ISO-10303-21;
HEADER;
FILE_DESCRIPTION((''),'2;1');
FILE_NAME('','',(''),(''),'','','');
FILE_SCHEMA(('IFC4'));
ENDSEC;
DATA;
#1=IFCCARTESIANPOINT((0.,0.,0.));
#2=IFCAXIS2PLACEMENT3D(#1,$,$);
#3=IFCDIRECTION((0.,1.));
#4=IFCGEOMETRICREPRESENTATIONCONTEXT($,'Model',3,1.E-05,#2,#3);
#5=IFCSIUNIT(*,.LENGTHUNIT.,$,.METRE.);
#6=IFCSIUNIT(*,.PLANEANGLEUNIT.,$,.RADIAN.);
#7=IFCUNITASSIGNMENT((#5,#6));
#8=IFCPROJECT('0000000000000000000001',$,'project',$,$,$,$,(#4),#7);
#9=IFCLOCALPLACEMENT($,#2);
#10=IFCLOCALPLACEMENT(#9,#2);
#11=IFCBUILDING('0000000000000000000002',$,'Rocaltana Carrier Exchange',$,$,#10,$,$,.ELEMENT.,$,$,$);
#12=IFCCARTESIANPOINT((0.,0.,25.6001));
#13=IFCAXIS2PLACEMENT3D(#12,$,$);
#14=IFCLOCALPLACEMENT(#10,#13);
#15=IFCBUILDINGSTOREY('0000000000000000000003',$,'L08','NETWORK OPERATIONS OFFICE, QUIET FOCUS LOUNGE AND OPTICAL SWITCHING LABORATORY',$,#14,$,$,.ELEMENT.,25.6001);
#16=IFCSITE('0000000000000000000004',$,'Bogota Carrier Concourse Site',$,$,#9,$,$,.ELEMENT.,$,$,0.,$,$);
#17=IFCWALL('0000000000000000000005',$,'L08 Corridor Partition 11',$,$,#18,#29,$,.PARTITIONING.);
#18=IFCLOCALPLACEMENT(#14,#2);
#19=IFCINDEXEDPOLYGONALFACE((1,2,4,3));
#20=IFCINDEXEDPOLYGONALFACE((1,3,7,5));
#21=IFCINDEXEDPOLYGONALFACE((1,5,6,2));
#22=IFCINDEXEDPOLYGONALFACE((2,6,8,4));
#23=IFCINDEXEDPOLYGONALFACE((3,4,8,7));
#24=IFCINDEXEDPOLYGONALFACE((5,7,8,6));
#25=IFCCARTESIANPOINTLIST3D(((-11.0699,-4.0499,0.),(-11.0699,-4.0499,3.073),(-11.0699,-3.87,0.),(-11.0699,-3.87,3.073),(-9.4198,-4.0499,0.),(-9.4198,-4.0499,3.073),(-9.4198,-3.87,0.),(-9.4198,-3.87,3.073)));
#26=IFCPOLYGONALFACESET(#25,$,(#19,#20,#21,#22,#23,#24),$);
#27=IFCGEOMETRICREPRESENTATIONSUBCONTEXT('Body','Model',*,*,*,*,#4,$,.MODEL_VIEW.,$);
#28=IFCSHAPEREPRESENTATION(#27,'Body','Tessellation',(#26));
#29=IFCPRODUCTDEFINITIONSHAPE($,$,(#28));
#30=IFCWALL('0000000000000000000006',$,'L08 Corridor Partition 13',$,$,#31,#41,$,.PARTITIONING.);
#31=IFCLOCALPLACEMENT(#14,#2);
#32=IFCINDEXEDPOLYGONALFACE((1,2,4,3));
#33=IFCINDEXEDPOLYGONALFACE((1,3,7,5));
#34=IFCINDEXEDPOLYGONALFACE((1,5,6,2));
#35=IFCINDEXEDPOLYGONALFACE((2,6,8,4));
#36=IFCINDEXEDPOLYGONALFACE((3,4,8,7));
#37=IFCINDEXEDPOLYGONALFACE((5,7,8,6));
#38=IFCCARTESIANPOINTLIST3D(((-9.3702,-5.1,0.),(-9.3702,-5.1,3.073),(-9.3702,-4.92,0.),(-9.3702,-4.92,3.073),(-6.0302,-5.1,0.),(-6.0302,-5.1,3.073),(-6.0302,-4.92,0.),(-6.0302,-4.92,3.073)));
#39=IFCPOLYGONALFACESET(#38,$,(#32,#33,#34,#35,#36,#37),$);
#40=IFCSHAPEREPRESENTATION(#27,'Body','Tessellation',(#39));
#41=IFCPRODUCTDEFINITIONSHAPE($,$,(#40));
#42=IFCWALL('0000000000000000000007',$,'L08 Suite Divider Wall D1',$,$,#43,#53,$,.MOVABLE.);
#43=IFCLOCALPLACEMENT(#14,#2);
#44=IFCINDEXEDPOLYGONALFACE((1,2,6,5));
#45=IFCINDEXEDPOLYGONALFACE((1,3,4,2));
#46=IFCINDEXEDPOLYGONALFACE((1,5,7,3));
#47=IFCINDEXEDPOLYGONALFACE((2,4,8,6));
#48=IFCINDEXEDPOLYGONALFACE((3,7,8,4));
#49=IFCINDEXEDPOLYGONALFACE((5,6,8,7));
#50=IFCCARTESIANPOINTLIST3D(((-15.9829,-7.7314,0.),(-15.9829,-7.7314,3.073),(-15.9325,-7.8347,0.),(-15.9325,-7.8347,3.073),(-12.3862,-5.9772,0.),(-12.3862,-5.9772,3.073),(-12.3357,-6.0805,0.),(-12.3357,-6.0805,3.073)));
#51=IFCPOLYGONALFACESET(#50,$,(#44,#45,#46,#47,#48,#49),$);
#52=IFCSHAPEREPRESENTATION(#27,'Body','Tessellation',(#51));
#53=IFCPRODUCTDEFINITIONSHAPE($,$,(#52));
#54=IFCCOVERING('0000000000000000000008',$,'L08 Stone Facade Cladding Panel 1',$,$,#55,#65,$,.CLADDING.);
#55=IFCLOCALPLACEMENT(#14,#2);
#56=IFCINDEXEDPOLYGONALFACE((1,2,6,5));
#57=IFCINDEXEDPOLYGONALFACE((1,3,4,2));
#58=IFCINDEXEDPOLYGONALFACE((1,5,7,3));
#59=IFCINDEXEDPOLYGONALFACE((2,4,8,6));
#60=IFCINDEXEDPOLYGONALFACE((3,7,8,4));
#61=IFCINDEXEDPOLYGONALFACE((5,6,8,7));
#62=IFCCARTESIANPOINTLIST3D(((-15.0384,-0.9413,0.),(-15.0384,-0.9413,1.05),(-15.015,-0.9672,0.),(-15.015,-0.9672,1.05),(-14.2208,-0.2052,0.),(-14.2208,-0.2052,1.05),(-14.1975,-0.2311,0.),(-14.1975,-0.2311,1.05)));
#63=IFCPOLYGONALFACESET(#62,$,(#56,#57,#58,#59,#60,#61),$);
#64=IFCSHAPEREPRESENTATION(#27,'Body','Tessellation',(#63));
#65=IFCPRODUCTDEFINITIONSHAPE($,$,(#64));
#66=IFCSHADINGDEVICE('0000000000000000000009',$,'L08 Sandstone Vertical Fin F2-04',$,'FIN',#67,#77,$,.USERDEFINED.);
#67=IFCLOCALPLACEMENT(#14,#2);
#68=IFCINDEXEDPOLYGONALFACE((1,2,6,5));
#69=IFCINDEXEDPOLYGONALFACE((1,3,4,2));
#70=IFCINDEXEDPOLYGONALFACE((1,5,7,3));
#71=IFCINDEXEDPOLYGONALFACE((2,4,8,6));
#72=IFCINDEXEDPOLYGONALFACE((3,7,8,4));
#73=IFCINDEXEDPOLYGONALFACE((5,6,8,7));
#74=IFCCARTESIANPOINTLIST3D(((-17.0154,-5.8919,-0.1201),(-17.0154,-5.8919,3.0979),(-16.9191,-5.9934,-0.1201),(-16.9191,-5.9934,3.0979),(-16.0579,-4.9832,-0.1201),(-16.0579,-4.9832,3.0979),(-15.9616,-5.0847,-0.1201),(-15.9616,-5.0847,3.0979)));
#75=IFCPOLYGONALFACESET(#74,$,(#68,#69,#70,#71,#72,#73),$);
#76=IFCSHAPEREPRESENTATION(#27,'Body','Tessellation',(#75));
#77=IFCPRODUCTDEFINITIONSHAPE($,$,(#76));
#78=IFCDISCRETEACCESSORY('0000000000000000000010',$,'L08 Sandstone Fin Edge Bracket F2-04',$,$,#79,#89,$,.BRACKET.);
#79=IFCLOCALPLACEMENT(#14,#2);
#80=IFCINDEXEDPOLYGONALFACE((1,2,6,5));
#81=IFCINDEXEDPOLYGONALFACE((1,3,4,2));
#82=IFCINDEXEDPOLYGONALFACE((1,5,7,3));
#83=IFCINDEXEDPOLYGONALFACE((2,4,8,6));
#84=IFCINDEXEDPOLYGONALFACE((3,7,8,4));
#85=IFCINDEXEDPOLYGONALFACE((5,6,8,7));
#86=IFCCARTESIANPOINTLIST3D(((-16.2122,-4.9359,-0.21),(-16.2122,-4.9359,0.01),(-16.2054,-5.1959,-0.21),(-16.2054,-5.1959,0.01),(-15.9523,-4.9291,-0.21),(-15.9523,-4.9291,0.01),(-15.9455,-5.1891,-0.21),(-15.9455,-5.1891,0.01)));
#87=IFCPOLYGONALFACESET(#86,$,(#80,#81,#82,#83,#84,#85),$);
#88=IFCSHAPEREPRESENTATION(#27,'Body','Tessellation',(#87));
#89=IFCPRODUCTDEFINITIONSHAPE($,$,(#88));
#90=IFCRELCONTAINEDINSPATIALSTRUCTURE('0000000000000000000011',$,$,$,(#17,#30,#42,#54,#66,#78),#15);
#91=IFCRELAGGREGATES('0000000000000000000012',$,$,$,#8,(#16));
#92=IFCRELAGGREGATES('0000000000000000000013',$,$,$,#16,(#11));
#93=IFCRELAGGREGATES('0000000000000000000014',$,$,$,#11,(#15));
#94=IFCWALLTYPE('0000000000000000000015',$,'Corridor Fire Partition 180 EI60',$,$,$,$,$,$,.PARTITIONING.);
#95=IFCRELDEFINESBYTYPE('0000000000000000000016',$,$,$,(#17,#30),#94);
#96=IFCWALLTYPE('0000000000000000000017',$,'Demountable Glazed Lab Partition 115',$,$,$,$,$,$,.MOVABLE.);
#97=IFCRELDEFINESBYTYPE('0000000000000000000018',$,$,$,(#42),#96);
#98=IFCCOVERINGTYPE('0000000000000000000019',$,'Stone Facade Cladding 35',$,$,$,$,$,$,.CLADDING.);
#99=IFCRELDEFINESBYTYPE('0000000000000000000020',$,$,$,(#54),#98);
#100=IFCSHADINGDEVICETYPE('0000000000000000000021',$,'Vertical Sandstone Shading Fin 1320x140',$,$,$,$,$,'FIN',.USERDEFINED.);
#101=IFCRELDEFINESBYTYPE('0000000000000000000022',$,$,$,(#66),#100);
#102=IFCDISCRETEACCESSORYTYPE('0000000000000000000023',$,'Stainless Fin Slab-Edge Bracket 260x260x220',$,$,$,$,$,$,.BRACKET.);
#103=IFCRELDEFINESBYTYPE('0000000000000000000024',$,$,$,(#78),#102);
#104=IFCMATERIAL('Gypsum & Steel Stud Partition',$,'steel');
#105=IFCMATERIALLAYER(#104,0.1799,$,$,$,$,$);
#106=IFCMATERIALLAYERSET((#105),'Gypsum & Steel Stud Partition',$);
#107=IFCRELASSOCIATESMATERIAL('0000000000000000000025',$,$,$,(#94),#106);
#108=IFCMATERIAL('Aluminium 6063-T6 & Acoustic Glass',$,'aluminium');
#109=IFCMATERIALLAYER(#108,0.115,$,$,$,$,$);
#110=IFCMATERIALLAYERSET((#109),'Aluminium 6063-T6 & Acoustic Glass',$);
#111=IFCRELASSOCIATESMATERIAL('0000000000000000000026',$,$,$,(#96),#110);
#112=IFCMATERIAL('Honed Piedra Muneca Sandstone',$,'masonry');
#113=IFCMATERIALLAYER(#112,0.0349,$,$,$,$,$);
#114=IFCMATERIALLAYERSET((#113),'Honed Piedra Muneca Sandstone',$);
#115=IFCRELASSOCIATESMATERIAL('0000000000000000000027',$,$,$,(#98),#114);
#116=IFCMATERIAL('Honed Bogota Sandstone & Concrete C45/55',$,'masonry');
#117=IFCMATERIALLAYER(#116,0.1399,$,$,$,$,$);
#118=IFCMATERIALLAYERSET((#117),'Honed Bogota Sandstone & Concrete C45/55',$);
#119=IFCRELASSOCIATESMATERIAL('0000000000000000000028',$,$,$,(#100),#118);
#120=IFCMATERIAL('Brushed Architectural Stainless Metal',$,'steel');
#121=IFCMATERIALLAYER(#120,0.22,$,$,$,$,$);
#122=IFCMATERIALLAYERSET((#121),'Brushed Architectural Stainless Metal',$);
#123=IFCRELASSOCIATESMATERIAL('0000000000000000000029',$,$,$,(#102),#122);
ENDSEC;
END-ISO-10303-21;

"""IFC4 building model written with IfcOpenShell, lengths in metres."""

from ifc_helpers import new_model, si_unit, direction, frame, frame_2d, origin, origin_2d, place, context, subcontext, project, spatial, rectangle, extrude, material, layer, layer_set, type_object, element, save


model = new_model("IFC4")

# Units and contexts
model_context = context("Model", 3, precision=1e-05, world=origin(), true_north=direction((0.0, 1.0)))
body_context = subcontext(model_context, "Body", "Model", "MODEL_VIEW")
ifc_project = project(units=[si_unit("LENGTHUNIT", "METRE"), si_unit("PLANEANGLEUNIT", "RADIAN")], contexts=[model_context])

# Site, building, storey
site_placement = place(None, origin())
site = spatial("IfcSite", under=ifc_project, at=site_placement, Name="Bogota Carrier Concourse Site", CompositionType="ELEMENT", RefElevation=0.0)
building_placement = place(site_placement, origin())
building = spatial("IfcBuilding", under=site, at=building_placement, Name="Rocaltana Carrier Exchange", CompositionType="ELEMENT")
storey_placement = place(building_placement, frame((0.0, 0.0, 25.6001)))
storey = spatial("IfcBuildingStorey", under=building, at=storey_placement, Name="L08", Description="NETWORK OPERATIONS OFFICE, QUIET FOCUS LOUNGE AND OPTICAL SWITCHING LABORATORY", CompositionType="ELEMENT", Elevation=25.6001)

# Shared definitions
ifc_material_1 = material(Name="Gypsum & Steel Stud Partition", Category="steel")
ifc_layer_1 = layer(ifc_material_1, 0.1799)
ifc_layer_set_1 = layer_set([ifc_layer_1], Name="Gypsum & Steel Stud Partition")
wall_type_1 = type_object("IfcWallType", Name="Corridor Fire Partition 180 EI60", PredefinedType="PARTITIONING", material=ifc_layer_set_1)

# Walls
wall_1_placement = place(storey_placement, frame((-11.0701, -3.96, 0.0), z_axis=(0.0, 0.0, 1.0), x_axis=(1.0, 0.0, 0.0)))
element("IfcWall", 1, at=wall_1_placement, inside=storey, type_object=wall_type_1, Name="L08 Corridor Partition 11", PredefinedType="PARTITIONING", context=body_context, shape_type="SweptSolid", body=[
    extrude(rectangle(XDim=1.6501, YDim=0.1799, at=frame_2d((0.8252, 0.0))), origin(), (0.0, 0.0, 1.0), 3.073),
])
wall_2_placement = place(storey_placement, frame((-9.3701, -5.01, 0.0), z_axis=(0.0, 0.0, 1.0), x_axis=(1.0, 0.0, 0.0)))
element("IfcWall", 2, at=wall_2_placement, inside=storey, type_object=wall_type_1, Name="L08 Corridor Partition 13", PredefinedType="PARTITIONING", context=body_context, shape_type="SweptSolid", body=[
    extrude(rectangle(XDim=3.3401, YDim=0.1799, at=frame_2d((1.6699, 0.0))), origin(), (0.0, 0.0, 1.0), 3.073),
])
ifc_material_2 = material(Name="Aluminium 6063-T6 & Acoustic Glass", Category="aluminium")
ifc_layer_2 = layer(ifc_material_2, 0.115)
ifc_layer_set_2 = layer_set([ifc_layer_2], Name="Aluminium 6063-T6 & Acoustic Glass")
wall_type_2 = type_object("IfcWallType", Name="Demountable Glazed Lab Partition 115", PredefinedType="MOVABLE", material=ifc_layer_set_2)
wall_3_placement = place(storey_placement, frame((-12.3608, -6.0288, 0.0), z_axis=(0.0, 0.0, 1.0), x_axis=(-0.898801, -0.438358, 0.0)))
element("IfcWall", 3, at=wall_3_placement, inside=storey, type_object=wall_type_2, Name="L08 Suite Divider Wall D1", PredefinedType="MOVABLE", context=body_context, shape_type="SweptSolid", body=[
    extrude(rectangle(XDim=4.0017, YDim=0.115, at=frame_2d((2.001, 0.0))), origin(), (0.0, 0.0, 1.0), 3.073),
])

# Covering
ifc_material_3 = material(Name="Honed Piedra Muneca Sandstone", Category="masonry")
ifc_layer_3 = layer(ifc_material_3, 0.0349)
ifc_layer_set_3 = layer_set([ifc_layer_3], Name="Honed Piedra Muneca Sandstone")
covering_type = type_object("IfcCoveringType", Name="Stone Facade Cladding 35", PredefinedType="CLADDING", material=ifc_layer_set_3)
covering_placement = place(storey_placement, frame((-14.6179, -0.5862, 0.0), z_axis=(0.0, 0.0, 1.0), x_axis=(0.743145, 0.669131, 0.0)))
element("IfcCovering", 4, at=covering_placement, inside=storey, type_object=covering_type, Name="L08 Stone Facade Cladding Panel 1", PredefinedType="CLADDING", context=body_context, shape_type="SweptSolid", body=[
    extrude(rectangle(XDim=1.1001, YDim=0.0349, at=origin_2d()), origin(), (0.0, 0.0, 1.0), 1.05),
])

# Shading device
ifc_material_4 = material(Name="Honed Bogota Sandstone & Concrete C45/55", Category="masonry")
ifc_layer_4 = layer(ifc_material_4, 0.1399)
ifc_layer_set_4 = layer_set([ifc_layer_4], Name="Honed Bogota Sandstone & Concrete C45/55")
shading_device_type = type_object("IfcShadingDeviceType", Name="Vertical Sandstone Shading Fin 1320x140", ElementType="FIN", PredefinedType="USERDEFINED", material=ifc_layer_set_4)
shading_device_placement = place(storey_placement, frame((-16.4885, -5.4883, -0.1201), z_axis=(0.0, 0.0, 1.0), x_axis=(-0.725374, -0.688355, 0.0)))
element("IfcShadingDevice", 5, at=shading_device_placement, inside=storey, type_object=shading_device_type, Name="L08 Sandstone Vertical Fin F2-04", ObjectType="FIN", PredefinedType="USERDEFINED", context=body_context, shape_type="SweptSolid", body=[
    extrude(rectangle(XDim=1.3201, YDim=0.1399, at=origin_2d()), origin(), (0.0, 0.0, 1.0), 3.218),
])

# Discrete accessory
ifc_material_5 = material(Name="Brushed Architectural Stainless Metal", Category="steel")
ifc_layer_5 = layer(ifc_material_5, 0.22)
ifc_layer_set_5 = layer_set([ifc_layer_5], Name="Brushed Architectural Stainless Metal")
discrete_accessory_type = type_object("IfcDiscreteAccessoryType", Name="Stainless Fin Slab-Edge Bracket 260x260x220", PredefinedType="BRACKET", material=ifc_layer_set_5)
discrete_accessory_placement = place(storey_placement, frame((-16.0789, -5.0625, -0.21), z_axis=(0.0, 0.0, 1.0), x_axis=(0.026177, -0.999657, 0.0)))
element("IfcDiscreteAccessory", 6, at=discrete_accessory_placement, inside=storey, type_object=discrete_accessory_type, Name="L08 Sandstone Fin Edge Bracket F2-04", PredefinedType="BRACKET", context=body_context, shape_type="SweptSolid", body=[
    extrude(rectangle(XDim=0.26, YDim=0.26, at=origin_2d()), origin(), (0.0, 0.0, 1.0), 0.22),
])

save(model, "model.ifc")
